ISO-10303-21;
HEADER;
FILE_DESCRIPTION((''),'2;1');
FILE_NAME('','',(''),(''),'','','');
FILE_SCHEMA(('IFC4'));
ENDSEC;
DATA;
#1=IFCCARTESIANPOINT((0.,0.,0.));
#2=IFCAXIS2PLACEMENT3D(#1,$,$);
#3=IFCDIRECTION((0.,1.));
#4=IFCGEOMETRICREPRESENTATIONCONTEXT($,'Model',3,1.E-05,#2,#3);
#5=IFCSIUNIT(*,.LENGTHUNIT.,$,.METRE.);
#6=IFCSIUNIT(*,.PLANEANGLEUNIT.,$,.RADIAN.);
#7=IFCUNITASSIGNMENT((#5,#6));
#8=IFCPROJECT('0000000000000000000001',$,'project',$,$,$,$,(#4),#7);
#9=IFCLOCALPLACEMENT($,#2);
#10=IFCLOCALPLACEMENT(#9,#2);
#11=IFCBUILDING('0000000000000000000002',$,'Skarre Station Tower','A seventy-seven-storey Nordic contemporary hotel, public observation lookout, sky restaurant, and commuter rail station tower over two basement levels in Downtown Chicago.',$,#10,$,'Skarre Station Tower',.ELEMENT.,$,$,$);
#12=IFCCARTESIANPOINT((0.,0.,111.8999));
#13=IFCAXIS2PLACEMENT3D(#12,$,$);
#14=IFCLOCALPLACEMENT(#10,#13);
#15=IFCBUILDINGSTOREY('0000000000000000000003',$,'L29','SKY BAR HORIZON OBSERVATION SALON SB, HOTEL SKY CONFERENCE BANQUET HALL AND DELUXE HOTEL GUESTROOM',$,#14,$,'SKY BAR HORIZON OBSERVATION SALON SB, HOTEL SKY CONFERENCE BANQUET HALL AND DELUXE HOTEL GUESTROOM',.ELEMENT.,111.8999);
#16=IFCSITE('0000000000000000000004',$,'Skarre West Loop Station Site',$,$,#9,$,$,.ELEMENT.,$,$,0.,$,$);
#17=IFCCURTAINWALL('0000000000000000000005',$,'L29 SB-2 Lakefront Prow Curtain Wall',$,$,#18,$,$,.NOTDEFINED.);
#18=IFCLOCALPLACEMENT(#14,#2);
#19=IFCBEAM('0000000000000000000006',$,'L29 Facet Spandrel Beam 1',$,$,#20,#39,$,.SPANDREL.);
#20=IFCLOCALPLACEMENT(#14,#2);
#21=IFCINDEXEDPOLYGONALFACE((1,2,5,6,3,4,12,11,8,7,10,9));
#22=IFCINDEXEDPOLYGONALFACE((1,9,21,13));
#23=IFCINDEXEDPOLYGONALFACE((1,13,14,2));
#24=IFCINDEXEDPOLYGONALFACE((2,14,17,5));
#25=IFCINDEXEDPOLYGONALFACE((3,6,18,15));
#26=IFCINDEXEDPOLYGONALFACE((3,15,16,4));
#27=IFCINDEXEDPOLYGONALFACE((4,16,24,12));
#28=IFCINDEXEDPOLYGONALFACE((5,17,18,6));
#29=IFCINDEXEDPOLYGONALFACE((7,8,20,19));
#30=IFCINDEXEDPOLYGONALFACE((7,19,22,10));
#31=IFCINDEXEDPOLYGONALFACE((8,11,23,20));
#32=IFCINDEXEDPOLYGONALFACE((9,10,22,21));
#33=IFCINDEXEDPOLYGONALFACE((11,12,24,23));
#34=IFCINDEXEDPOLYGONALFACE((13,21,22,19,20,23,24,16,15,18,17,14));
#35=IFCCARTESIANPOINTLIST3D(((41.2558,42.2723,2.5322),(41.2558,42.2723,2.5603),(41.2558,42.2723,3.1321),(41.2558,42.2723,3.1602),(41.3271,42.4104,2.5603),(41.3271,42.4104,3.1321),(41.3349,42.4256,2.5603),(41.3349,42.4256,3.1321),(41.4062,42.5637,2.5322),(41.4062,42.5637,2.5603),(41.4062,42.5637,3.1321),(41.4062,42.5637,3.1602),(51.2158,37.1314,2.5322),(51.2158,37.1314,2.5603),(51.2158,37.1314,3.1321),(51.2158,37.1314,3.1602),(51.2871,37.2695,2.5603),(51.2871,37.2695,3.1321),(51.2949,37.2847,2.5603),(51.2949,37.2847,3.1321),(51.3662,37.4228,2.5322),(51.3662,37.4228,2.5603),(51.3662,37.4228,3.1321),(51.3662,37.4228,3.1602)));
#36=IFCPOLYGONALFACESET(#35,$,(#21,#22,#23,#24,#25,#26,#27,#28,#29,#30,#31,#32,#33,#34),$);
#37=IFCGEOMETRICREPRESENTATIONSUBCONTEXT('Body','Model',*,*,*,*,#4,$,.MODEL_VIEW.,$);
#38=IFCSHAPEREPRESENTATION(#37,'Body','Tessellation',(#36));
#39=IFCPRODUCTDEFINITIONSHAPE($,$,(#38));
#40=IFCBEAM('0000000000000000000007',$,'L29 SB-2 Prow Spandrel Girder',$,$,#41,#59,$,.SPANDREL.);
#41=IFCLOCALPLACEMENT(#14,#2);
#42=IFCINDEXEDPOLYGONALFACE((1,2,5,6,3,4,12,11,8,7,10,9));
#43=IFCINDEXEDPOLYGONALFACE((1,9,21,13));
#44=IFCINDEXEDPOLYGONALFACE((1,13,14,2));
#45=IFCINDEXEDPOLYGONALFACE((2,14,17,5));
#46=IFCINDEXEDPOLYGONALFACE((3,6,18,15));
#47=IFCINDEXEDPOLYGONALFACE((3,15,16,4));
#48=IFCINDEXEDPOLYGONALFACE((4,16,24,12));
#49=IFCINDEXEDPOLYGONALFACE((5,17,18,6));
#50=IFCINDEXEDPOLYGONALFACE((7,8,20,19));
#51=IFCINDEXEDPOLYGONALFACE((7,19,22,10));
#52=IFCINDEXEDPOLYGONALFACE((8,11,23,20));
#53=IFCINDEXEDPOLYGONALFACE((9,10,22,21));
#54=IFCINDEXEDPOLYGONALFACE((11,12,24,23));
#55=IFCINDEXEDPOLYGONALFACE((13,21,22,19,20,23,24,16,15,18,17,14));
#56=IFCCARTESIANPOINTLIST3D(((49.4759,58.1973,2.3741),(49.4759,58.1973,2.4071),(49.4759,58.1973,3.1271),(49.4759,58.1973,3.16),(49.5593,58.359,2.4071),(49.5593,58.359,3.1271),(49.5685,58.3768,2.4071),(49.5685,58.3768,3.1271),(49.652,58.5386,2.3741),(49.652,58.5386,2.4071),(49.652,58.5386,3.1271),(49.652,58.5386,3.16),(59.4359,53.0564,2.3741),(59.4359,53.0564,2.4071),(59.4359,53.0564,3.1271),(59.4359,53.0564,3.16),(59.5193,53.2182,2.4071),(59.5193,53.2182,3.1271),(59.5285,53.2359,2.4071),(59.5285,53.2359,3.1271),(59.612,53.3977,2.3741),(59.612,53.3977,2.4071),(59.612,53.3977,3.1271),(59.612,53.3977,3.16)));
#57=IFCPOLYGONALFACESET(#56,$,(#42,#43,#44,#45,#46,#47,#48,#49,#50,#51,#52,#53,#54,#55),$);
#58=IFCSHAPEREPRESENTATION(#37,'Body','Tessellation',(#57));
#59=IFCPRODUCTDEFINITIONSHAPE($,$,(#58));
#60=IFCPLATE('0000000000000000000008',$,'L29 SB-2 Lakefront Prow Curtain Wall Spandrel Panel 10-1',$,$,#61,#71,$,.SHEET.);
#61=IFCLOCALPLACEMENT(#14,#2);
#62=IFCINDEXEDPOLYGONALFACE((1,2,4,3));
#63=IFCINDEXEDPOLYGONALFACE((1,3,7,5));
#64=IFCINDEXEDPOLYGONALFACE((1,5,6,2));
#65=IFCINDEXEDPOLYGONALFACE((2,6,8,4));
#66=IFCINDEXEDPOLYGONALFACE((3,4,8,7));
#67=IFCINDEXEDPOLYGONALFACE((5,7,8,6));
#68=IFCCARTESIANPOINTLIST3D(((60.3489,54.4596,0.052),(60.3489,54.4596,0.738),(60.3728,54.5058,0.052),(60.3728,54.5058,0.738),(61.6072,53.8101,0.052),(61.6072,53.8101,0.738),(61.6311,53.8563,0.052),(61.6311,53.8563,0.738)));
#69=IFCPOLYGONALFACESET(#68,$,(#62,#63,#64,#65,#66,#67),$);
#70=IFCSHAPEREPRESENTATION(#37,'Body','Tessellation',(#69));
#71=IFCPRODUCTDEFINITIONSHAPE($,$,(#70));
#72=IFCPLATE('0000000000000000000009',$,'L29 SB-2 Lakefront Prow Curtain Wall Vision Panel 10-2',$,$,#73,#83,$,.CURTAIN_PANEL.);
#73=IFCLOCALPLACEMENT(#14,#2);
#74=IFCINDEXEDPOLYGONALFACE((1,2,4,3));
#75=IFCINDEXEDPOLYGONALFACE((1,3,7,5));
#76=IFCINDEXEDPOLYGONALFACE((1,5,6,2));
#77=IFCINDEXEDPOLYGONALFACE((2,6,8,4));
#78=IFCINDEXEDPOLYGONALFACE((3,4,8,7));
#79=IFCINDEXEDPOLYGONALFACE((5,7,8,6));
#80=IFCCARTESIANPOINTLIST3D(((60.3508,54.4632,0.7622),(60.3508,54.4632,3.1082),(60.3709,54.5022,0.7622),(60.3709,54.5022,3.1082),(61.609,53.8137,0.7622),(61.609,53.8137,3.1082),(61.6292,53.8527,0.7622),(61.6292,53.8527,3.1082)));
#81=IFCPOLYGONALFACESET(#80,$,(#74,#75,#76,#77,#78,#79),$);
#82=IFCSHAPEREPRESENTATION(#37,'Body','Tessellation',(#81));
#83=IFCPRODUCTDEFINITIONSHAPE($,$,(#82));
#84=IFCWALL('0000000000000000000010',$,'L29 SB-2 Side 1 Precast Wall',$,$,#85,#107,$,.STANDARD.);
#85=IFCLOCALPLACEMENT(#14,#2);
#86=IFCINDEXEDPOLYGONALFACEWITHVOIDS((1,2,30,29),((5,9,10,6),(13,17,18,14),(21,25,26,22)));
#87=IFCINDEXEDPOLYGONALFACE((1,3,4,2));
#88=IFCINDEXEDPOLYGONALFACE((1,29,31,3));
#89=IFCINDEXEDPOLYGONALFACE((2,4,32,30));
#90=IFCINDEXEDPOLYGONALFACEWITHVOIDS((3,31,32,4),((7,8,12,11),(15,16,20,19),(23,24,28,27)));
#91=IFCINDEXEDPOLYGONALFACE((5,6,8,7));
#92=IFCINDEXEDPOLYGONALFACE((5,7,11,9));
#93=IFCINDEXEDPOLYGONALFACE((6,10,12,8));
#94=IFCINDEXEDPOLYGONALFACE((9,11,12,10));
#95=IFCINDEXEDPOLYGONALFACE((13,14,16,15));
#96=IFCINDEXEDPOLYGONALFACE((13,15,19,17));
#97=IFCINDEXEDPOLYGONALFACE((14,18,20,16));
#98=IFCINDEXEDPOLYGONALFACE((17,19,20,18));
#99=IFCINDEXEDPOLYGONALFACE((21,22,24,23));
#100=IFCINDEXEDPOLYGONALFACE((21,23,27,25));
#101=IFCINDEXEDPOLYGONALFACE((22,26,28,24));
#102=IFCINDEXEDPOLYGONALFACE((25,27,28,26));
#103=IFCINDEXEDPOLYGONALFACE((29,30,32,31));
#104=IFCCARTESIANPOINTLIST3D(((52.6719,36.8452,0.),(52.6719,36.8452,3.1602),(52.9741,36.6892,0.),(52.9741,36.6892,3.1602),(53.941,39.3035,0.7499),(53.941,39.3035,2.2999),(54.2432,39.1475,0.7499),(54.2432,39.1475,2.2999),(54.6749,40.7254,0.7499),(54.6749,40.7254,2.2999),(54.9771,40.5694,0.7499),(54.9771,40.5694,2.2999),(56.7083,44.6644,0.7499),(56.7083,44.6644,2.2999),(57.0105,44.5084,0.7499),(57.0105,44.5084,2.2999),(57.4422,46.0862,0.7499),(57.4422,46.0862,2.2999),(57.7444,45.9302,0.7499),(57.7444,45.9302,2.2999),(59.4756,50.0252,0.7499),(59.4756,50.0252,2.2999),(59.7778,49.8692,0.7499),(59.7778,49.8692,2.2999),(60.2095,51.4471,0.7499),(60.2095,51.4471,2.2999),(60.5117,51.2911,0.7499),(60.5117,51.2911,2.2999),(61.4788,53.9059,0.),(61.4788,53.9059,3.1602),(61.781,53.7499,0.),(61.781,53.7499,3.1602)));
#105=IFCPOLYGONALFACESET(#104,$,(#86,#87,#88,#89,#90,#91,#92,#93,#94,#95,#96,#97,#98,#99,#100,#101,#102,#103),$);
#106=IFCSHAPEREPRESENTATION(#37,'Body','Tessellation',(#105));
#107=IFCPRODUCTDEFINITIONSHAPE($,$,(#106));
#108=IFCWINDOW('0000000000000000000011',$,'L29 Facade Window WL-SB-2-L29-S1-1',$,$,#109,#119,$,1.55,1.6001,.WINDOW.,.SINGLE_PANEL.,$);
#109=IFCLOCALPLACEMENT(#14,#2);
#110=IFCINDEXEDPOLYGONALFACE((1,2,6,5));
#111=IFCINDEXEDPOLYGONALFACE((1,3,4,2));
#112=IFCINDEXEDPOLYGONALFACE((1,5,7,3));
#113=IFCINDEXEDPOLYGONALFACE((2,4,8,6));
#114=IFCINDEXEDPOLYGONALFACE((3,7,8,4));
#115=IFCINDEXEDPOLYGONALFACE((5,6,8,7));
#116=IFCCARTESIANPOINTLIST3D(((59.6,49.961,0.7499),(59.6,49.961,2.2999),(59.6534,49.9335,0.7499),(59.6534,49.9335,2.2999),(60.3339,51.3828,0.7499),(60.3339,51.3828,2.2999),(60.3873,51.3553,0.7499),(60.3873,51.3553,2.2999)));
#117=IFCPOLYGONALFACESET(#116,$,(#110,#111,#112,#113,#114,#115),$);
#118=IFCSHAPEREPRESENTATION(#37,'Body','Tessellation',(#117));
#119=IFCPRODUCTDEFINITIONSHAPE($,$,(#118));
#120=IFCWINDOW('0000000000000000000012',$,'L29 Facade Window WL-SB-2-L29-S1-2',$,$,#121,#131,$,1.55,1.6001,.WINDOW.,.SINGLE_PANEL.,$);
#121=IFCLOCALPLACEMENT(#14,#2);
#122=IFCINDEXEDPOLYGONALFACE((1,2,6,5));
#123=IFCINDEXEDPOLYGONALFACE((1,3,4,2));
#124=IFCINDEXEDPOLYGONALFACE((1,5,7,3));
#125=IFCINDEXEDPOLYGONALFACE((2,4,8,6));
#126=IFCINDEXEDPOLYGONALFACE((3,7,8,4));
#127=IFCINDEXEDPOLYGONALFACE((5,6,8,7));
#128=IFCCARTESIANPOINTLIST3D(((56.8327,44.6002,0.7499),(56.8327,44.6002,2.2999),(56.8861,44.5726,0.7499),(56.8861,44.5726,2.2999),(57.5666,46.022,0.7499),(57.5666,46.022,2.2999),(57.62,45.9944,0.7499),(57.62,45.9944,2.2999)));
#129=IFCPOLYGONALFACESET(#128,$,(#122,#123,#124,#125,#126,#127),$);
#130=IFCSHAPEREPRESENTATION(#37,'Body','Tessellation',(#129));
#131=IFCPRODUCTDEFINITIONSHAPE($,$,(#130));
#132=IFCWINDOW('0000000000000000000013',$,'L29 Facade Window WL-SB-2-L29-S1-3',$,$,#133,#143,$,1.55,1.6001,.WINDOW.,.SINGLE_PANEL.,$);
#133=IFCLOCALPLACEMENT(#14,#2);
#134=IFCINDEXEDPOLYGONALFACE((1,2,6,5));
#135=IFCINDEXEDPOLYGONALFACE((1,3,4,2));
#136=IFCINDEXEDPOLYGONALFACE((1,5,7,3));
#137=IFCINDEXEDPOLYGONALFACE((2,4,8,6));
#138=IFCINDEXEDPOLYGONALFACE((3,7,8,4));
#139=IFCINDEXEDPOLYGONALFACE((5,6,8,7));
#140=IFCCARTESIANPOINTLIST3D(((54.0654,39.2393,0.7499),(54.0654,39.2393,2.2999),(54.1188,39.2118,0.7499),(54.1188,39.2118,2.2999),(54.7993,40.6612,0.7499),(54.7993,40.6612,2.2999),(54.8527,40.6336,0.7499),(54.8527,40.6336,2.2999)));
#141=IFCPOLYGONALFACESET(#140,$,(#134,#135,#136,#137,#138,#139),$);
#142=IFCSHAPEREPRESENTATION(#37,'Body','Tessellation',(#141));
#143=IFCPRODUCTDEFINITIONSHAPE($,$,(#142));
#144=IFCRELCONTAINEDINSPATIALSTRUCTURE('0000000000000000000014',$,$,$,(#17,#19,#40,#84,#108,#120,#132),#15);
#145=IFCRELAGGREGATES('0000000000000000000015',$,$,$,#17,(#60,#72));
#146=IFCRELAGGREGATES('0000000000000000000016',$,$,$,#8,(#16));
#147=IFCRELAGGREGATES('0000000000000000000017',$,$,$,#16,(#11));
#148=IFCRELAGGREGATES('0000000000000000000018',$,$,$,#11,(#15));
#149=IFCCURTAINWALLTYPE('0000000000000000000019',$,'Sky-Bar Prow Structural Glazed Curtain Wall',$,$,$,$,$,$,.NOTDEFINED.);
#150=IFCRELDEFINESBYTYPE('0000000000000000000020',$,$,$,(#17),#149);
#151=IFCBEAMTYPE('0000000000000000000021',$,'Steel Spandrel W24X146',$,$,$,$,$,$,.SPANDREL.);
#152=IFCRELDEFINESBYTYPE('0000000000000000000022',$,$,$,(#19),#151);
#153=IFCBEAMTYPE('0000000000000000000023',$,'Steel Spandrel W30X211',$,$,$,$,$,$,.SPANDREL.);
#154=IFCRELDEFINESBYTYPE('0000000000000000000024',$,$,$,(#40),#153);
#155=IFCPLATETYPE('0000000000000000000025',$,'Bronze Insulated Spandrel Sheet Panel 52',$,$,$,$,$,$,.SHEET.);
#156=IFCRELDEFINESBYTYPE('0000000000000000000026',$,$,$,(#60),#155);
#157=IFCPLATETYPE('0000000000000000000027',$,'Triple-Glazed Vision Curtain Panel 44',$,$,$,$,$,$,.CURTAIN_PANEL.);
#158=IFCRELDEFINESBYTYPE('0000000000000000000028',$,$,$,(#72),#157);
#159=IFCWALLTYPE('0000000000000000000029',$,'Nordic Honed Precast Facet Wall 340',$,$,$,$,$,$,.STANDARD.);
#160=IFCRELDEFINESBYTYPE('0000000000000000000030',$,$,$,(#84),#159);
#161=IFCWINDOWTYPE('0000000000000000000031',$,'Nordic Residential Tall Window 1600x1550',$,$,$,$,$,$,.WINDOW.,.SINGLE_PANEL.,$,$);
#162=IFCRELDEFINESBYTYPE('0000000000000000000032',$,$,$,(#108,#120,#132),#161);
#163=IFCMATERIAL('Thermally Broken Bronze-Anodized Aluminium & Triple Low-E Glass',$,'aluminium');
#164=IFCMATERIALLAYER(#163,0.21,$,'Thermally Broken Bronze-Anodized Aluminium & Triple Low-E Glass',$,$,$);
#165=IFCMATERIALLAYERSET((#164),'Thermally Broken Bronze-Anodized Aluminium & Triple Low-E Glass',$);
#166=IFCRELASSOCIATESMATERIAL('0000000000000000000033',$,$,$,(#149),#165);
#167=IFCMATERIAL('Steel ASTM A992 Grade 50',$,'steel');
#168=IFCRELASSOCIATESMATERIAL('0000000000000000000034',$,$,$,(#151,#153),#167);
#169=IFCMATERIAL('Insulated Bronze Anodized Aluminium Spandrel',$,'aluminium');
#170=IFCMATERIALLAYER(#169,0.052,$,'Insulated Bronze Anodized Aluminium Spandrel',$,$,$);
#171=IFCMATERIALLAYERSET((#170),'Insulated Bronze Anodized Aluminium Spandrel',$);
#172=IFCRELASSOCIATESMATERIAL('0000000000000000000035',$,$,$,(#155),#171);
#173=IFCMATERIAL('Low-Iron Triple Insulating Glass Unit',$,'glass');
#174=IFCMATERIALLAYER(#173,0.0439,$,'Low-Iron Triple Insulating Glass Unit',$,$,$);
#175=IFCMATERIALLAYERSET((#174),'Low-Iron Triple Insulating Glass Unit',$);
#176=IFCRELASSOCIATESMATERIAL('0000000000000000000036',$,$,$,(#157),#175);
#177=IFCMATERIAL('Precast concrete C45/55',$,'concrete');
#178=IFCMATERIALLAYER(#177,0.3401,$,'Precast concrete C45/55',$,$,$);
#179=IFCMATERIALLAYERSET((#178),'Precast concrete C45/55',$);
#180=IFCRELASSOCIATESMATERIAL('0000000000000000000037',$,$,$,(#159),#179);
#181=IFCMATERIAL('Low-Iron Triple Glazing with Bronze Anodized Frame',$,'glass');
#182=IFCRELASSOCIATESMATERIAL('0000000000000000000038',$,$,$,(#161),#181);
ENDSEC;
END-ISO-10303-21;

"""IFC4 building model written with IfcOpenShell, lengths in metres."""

from ifc_helpers import new_model, si_unit, direction, frame, frame_2d, origin, origin_2d, place, context, subcontext, project, spatial, rectangle, i_section, extrude, material, layer, layer_set, material_profile, profile_set, type_object, element, fill, aggregate, save


model = new_model("IFC4")

# Units and contexts
model_context = context("Model", 3, precision=1e-05, world=origin(), true_north=direction((0.0, 1.0)))
body_context = subcontext(model_context, "Body", "Model", "MODEL_VIEW")
ifc_project = project(units=[si_unit("LENGTHUNIT", "METRE"), si_unit("PLANEANGLEUNIT", "RADIAN")], contexts=[model_context])

# Site, building, storey
site_placement = place(None, origin())
site = spatial("IfcSite", under=ifc_project, at=site_placement, Name="Skarre West Loop Station Site", CompositionType="ELEMENT", RefElevation=0.0)
building_placement = place(site_placement, origin())
building = spatial("IfcBuilding", under=site, at=building_placement, Name="Skarre Station Tower", Description="A seventy-seven-storey Nordic contemporary hotel, public observation lookout, sky restaurant, and commuter rail station tower over two basement levels in Downtown Chicago.", LongName="Skarre Station Tower", CompositionType="ELEMENT")
storey_placement = place(building_placement, frame((0.0, 0.0, 111.8999)))
storey = spatial("IfcBuildingStorey", under=building, at=storey_placement, Name="L29", Description="SKY BAR HORIZON OBSERVATION SALON SB, HOTEL SKY CONFERENCE BANQUET HALL AND DELUXE HOTEL GUESTROOM", LongName="SKY BAR HORIZON OBSERVATION SALON SB, HOTEL SKY CONFERENCE BANQUET HALL AND DELUXE HOTEL GUESTROOM", CompositionType="ELEMENT", Elevation=111.8999)

# Curtain wall
ifc_material_1 = material(Name="Thermally Broken Bronze-Anodized Aluminium & Triple Low-E Glass", Category="aluminium")
ifc_layer_1 = layer(ifc_material_1, 0.21, Name="Thermally Broken Bronze-Anodized Aluminium & Triple Low-E Glass")
ifc_layer_set_1 = layer_set([ifc_layer_1], Name="Thermally Broken Bronze-Anodized Aluminium & Triple Low-E Glass")
curtain_wall_type = type_object("IfcCurtainWallType", Name="Sky-Bar Prow Structural Glazed Curtain Wall", PredefinedType="NOTDEFINED", material=ifc_layer_set_1)
curtain_wall_placement = place(storey_placement, origin())
curtain_wall = element("IfcCurtainWall", 1, at=curtain_wall_placement, inside=storey, type_object=curtain_wall_type, Name="L29 SB-2 Lakefront Prow Curtain Wall", PredefinedType="NOTDEFINED")

# Beams
ifc_material_2 = material(Name="Steel ASTM A992 Grade 50", Category="steel")
ifc_material_profile_1 = material_profile(ifc_material_2, i_section(OverallWidth=0.3279, OverallDepth=0.6279, WebThickness=0.0171, FlangeThickness=0.0281, at=origin_2d()), Name="Steel ASTM A992 Grade 50")
ifc_profile_set_1 = profile_set([ifc_material_profile_1], Name="Steel ASTM A992 Grade 50")
beam_type_1 = type_object("IfcBeamType", Name="Steel Spandrel W24X146", PredefinedType="SPANDREL", material=ifc_profile_set_1)
beam_1_placement = place(storey_placement, frame((51.291, 37.2771, 2.8462), z_axis=(-0.888612, 0.45866, 0.0), x_axis=(-0.45866, -0.888612, 0.0)))
element("IfcBeam", 2, at=beam_1_placement, inside=storey, type_object=beam_type_1, Name="L29 Facet Spandrel Beam 1", PredefinedType="SPANDREL", context=body_context, shape_type="SweptSolid", body=[
    extrude(i_section(OverallWidth=0.3279, OverallDepth=0.6279, WebThickness=0.0171, FlangeThickness=0.0281, at=origin_2d()), origin(), (0.0, 0.0, 1.0), 11.2085),
])
ifc_material_profile_2 = material_profile(ifc_material_2, i_section(OverallWidth=0.384, OverallDepth=0.7859, WebThickness=0.02, FlangeThickness=0.033, at=origin_2d()), Name="Steel ASTM A992 Grade 50")
ifc_profile_set_2 = profile_set([ifc_material_profile_2], Name="Steel ASTM A992 Grade 50")
beam_type_2 = type_object("IfcBeamType", Name="Steel Spandrel W30X211", PredefinedType="SPANDREL", material=ifc_profile_set_2)
beam_2_placement = place(storey_placement, frame((59.5239, 53.2271, 2.7671), z_axis=(-0.888612, 0.45866, 0.0), x_axis=(-0.45866, -0.888612, 0.0)))
element("IfcBeam", 3, at=beam_2_placement, inside=storey, type_object=beam_type_2, Name="L29 SB-2 Prow Spandrel Girder", PredefinedType="SPANDREL", context=body_context, shape_type="SweptSolid", body=[
    extrude(i_section(OverallWidth=0.384, OverallDepth=0.7859, WebThickness=0.02, FlangeThickness=0.033, at=origin_2d()), origin(), (0.0, 0.0, 1.0), 11.2085),
])

# Plates
ifc_material_3 = material(Name="Insulated Bronze Anodized Aluminium Spandrel", Category="aluminium")
ifc_layer_2 = layer(ifc_material_3, 0.052, Name="Insulated Bronze Anodized Aluminium Spandrel")
ifc_layer_set_2 = layer_set([ifc_layer_2], Name="Insulated Bronze Anodized Aluminium Spandrel")
plate_type_1 = type_object("IfcPlateType", Name="Bronze Insulated Spandrel Sheet Panel 52", PredefinedType="SHEET", material=ifc_layer_set_2)
plate_1_placement = place(storey_placement, frame((60.99, 54.158, 0.052), z_axis=(0.0, 0.0, 1.0), x_axis=(0.888601, -0.458681, 0.0)))
plate_1 = element("IfcPlate", 4, at=plate_1_placement, type_object=plate_type_1, Name="L29 SB-2 Lakefront Prow Curtain Wall Spandrel Panel 10-1", PredefinedType="SHEET", context=body_context, shape_type="SweptSolid", body=[
    extrude(rectangle(XDim=1.416, YDim=0.052, at=origin_2d()), origin(), (0.0, 0.0, 1.0), 0.686),
])
ifc_material_4 = material(Name="Low-Iron Triple Insulating Glass Unit", Category="glass")
ifc_layer_3 = layer(ifc_material_4, 0.0439, Name="Low-Iron Triple Insulating Glass Unit")
ifc_layer_set_3 = layer_set([ifc_layer_3], Name="Low-Iron Triple Insulating Glass Unit")
plate_type_2 = type_object("IfcPlateType", Name="Triple-Glazed Vision Curtain Panel 44", PredefinedType="CURTAIN_PANEL", material=ifc_layer_set_3)
plate_2_placement = place(storey_placement, frame((60.99, 54.158, 0.7622), z_axis=(0.0, 0.0, 1.0), x_axis=(0.888601, -0.458681, 0.0)))
plate_2 = element("IfcPlate", 5, at=plate_2_placement, type_object=plate_type_2, Name="L29 SB-2 Lakefront Prow Curtain Wall Vision Panel 10-2", PredefinedType="CURTAIN_PANEL", context=body_context, shape_type="SweptSolid", body=[
    extrude(rectangle(XDim=1.416, YDim=0.0439, at=origin_2d()), origin(), (0.0, 0.0, 1.0), 2.3459),
])
aggregate(curtain_wall, [plate_1, plate_2])

# Wall, openings, windows
ifc_material_5 = material(Name="Precast concrete C45/55", Category="concrete")
ifc_layer_4 = layer(ifc_material_5, 0.3401, Name="Precast concrete C45/55")
ifc_layer_set_4 = layer_set([ifc_layer_4], Name="Precast concrete C45/55")
wall_type_1 = type_object("IfcWallType", Name="Nordic Honed Precast Facet Wall 340", PredefinedType="STANDARD", material=ifc_layer_set_4)
wall_1_placement = place(storey_placement, frame((61.6299, 53.8279, 0.0), z_axis=(0.0, 0.0, 1.0), x_axis=(-0.458697, -0.888593, 0.0)))
wall_1 = element("IfcWall", 6, at=wall_1_placement, inside=storey, type_object=wall_type_1, Name="L29 SB-2 Side 1 Precast Wall", PredefinedType="STANDARD", context=body_context, shape_type="SweptSolid", body=[
    extrude(rectangle(XDim=19.1997, YDim=0.3401, at=frame_2d((9.5999, 0.0))), origin(), (0.0, 0.0, 1.0), 3.1602),
])
opening_1_placement = place(wall_1_placement, frame((2.7671, 0.0, 0.75)))
opening_1 = element("IfcOpeningElement", 7, at=opening_1_placement, cuts=wall_1, PredefinedType="OPENING", context=body_context, shape_type="SweptSolid", body=[
    extrude(rectangle(XDim=1.6001, YDim=1.55, at=frame_2d((0.8, 0.7749))), frame((0.0, 0.1799, 0.0), z_axis=(0.0, -1.0, 0.0), x_axis=(1.0, 0.0, 0.0)), (0.0, 0.0, 1.0), 0.3601),
])
opening_2_placement = place(wall_1_placement, frame((8.8, 0.0, 0.75)))
opening_2 = element("IfcOpeningElement", 8, at=opening_2_placement, cuts=wall_1, PredefinedType="OPENING", context=body_context, shape_type="SweptSolid", body=[
    extrude(rectangle(XDim=1.6001, YDim=1.55, at=frame_2d((0.8, 0.7749))), frame((0.0, 0.1799, 0.0), z_axis=(0.0, -1.0, 0.0), x_axis=(1.0, 0.0, 0.0)), (0.0, 0.0, 1.0), 0.3601),
])
opening_3_placement = place(wall_1_placement, frame((14.833, 0.0, 0.75)))
opening_3 = element("IfcOpeningElement", 9, at=opening_3_placement, cuts=wall_1, PredefinedType="OPENING", context=body_context, shape_type="SweptSolid", body=[
    extrude(rectangle(XDim=1.6001, YDim=1.55, at=frame_2d((0.8, 0.7749))), frame((0.0, 0.1799, 0.0), z_axis=(0.0, -1.0, 0.0), x_axis=(1.0, 0.0, 0.0)), (0.0, 0.0, 1.0), 0.3601),
])
ifc_material_6 = material(Name="Low-Iron Triple Glazing with Bronze Anodized Frame", Category="glass")
window_type = type_object("IfcWindowType", Name="Nordic Residential Tall Window 1600x1550", PartitioningType="SINGLE_PANEL", PredefinedType="WINDOW", material=ifc_material_6)
window_1_placement = place(opening_1_placement, origin())
window_1 = element("IfcWindow", 10, at=window_1_placement, inside=storey, type_object=window_type, Name="L29 Facade Window WL-SB-2-L29-S1-1", OverallHeight=1.55, OverallWidth=1.6001, PartitioningType="SINGLE_PANEL", PredefinedType="WINDOW", context=body_context, shape_type="SweptSolid", body=[
    extrude(rectangle(XDim=1.6001, YDim=1.55, at=frame_2d((0.8, 0.7749))), frame((0.0, 0.03, 0.0), z_axis=(0.0, -1.0, 0.0), x_axis=(1.0, 0.0, 0.0)), (0.0, 0.0, 1.0), 0.0601),
])
fill(opening_1, window_1)
window_2_placement = place(opening_2_placement, origin())
window_2 = element("IfcWindow", 11, at=window_2_placement, inside=storey, type_object=window_type, Name="L29 Facade Window WL-SB-2-L29-S1-2", OverallHeight=1.55, OverallWidth=1.6001, PartitioningType="SINGLE_PANEL", PredefinedType="WINDOW", context=body_context, shape_type="SweptSolid", body=[
    extrude(rectangle(XDim=1.6001, YDim=1.55, at=frame_2d((0.8, 0.7749))), frame((0.0, 0.03, 0.0), z_axis=(0.0, -1.0, 0.0), x_axis=(1.0, 0.0, 0.0)), (0.0, 0.0, 1.0), 0.0601),
])
fill(opening_2, window_2)
window_3_placement = place(opening_3_placement, origin())
window_3 = element("IfcWindow", 12, at=window_3_placement, inside=storey, type_object=window_type, Name="L29 Facade Window WL-SB-2-L29-S1-3", OverallHeight=1.55, OverallWidth=1.6001, PartitioningType="SINGLE_PANEL", PredefinedType="WINDOW", context=body_context, shape_type="SweptSolid", body=[
    extrude(rectangle(XDim=1.6001, YDim=1.55, at=frame_2d((0.8, 0.7749))), frame((0.0, 0.03, 0.0), z_axis=(0.0, -1.0, 0.0), x_axis=(1.0, 0.0, 0.0)), (0.0, 0.0, 1.0), 0.0601),
])
fill(opening_3, window_3)

save(model, "model.ifc")
